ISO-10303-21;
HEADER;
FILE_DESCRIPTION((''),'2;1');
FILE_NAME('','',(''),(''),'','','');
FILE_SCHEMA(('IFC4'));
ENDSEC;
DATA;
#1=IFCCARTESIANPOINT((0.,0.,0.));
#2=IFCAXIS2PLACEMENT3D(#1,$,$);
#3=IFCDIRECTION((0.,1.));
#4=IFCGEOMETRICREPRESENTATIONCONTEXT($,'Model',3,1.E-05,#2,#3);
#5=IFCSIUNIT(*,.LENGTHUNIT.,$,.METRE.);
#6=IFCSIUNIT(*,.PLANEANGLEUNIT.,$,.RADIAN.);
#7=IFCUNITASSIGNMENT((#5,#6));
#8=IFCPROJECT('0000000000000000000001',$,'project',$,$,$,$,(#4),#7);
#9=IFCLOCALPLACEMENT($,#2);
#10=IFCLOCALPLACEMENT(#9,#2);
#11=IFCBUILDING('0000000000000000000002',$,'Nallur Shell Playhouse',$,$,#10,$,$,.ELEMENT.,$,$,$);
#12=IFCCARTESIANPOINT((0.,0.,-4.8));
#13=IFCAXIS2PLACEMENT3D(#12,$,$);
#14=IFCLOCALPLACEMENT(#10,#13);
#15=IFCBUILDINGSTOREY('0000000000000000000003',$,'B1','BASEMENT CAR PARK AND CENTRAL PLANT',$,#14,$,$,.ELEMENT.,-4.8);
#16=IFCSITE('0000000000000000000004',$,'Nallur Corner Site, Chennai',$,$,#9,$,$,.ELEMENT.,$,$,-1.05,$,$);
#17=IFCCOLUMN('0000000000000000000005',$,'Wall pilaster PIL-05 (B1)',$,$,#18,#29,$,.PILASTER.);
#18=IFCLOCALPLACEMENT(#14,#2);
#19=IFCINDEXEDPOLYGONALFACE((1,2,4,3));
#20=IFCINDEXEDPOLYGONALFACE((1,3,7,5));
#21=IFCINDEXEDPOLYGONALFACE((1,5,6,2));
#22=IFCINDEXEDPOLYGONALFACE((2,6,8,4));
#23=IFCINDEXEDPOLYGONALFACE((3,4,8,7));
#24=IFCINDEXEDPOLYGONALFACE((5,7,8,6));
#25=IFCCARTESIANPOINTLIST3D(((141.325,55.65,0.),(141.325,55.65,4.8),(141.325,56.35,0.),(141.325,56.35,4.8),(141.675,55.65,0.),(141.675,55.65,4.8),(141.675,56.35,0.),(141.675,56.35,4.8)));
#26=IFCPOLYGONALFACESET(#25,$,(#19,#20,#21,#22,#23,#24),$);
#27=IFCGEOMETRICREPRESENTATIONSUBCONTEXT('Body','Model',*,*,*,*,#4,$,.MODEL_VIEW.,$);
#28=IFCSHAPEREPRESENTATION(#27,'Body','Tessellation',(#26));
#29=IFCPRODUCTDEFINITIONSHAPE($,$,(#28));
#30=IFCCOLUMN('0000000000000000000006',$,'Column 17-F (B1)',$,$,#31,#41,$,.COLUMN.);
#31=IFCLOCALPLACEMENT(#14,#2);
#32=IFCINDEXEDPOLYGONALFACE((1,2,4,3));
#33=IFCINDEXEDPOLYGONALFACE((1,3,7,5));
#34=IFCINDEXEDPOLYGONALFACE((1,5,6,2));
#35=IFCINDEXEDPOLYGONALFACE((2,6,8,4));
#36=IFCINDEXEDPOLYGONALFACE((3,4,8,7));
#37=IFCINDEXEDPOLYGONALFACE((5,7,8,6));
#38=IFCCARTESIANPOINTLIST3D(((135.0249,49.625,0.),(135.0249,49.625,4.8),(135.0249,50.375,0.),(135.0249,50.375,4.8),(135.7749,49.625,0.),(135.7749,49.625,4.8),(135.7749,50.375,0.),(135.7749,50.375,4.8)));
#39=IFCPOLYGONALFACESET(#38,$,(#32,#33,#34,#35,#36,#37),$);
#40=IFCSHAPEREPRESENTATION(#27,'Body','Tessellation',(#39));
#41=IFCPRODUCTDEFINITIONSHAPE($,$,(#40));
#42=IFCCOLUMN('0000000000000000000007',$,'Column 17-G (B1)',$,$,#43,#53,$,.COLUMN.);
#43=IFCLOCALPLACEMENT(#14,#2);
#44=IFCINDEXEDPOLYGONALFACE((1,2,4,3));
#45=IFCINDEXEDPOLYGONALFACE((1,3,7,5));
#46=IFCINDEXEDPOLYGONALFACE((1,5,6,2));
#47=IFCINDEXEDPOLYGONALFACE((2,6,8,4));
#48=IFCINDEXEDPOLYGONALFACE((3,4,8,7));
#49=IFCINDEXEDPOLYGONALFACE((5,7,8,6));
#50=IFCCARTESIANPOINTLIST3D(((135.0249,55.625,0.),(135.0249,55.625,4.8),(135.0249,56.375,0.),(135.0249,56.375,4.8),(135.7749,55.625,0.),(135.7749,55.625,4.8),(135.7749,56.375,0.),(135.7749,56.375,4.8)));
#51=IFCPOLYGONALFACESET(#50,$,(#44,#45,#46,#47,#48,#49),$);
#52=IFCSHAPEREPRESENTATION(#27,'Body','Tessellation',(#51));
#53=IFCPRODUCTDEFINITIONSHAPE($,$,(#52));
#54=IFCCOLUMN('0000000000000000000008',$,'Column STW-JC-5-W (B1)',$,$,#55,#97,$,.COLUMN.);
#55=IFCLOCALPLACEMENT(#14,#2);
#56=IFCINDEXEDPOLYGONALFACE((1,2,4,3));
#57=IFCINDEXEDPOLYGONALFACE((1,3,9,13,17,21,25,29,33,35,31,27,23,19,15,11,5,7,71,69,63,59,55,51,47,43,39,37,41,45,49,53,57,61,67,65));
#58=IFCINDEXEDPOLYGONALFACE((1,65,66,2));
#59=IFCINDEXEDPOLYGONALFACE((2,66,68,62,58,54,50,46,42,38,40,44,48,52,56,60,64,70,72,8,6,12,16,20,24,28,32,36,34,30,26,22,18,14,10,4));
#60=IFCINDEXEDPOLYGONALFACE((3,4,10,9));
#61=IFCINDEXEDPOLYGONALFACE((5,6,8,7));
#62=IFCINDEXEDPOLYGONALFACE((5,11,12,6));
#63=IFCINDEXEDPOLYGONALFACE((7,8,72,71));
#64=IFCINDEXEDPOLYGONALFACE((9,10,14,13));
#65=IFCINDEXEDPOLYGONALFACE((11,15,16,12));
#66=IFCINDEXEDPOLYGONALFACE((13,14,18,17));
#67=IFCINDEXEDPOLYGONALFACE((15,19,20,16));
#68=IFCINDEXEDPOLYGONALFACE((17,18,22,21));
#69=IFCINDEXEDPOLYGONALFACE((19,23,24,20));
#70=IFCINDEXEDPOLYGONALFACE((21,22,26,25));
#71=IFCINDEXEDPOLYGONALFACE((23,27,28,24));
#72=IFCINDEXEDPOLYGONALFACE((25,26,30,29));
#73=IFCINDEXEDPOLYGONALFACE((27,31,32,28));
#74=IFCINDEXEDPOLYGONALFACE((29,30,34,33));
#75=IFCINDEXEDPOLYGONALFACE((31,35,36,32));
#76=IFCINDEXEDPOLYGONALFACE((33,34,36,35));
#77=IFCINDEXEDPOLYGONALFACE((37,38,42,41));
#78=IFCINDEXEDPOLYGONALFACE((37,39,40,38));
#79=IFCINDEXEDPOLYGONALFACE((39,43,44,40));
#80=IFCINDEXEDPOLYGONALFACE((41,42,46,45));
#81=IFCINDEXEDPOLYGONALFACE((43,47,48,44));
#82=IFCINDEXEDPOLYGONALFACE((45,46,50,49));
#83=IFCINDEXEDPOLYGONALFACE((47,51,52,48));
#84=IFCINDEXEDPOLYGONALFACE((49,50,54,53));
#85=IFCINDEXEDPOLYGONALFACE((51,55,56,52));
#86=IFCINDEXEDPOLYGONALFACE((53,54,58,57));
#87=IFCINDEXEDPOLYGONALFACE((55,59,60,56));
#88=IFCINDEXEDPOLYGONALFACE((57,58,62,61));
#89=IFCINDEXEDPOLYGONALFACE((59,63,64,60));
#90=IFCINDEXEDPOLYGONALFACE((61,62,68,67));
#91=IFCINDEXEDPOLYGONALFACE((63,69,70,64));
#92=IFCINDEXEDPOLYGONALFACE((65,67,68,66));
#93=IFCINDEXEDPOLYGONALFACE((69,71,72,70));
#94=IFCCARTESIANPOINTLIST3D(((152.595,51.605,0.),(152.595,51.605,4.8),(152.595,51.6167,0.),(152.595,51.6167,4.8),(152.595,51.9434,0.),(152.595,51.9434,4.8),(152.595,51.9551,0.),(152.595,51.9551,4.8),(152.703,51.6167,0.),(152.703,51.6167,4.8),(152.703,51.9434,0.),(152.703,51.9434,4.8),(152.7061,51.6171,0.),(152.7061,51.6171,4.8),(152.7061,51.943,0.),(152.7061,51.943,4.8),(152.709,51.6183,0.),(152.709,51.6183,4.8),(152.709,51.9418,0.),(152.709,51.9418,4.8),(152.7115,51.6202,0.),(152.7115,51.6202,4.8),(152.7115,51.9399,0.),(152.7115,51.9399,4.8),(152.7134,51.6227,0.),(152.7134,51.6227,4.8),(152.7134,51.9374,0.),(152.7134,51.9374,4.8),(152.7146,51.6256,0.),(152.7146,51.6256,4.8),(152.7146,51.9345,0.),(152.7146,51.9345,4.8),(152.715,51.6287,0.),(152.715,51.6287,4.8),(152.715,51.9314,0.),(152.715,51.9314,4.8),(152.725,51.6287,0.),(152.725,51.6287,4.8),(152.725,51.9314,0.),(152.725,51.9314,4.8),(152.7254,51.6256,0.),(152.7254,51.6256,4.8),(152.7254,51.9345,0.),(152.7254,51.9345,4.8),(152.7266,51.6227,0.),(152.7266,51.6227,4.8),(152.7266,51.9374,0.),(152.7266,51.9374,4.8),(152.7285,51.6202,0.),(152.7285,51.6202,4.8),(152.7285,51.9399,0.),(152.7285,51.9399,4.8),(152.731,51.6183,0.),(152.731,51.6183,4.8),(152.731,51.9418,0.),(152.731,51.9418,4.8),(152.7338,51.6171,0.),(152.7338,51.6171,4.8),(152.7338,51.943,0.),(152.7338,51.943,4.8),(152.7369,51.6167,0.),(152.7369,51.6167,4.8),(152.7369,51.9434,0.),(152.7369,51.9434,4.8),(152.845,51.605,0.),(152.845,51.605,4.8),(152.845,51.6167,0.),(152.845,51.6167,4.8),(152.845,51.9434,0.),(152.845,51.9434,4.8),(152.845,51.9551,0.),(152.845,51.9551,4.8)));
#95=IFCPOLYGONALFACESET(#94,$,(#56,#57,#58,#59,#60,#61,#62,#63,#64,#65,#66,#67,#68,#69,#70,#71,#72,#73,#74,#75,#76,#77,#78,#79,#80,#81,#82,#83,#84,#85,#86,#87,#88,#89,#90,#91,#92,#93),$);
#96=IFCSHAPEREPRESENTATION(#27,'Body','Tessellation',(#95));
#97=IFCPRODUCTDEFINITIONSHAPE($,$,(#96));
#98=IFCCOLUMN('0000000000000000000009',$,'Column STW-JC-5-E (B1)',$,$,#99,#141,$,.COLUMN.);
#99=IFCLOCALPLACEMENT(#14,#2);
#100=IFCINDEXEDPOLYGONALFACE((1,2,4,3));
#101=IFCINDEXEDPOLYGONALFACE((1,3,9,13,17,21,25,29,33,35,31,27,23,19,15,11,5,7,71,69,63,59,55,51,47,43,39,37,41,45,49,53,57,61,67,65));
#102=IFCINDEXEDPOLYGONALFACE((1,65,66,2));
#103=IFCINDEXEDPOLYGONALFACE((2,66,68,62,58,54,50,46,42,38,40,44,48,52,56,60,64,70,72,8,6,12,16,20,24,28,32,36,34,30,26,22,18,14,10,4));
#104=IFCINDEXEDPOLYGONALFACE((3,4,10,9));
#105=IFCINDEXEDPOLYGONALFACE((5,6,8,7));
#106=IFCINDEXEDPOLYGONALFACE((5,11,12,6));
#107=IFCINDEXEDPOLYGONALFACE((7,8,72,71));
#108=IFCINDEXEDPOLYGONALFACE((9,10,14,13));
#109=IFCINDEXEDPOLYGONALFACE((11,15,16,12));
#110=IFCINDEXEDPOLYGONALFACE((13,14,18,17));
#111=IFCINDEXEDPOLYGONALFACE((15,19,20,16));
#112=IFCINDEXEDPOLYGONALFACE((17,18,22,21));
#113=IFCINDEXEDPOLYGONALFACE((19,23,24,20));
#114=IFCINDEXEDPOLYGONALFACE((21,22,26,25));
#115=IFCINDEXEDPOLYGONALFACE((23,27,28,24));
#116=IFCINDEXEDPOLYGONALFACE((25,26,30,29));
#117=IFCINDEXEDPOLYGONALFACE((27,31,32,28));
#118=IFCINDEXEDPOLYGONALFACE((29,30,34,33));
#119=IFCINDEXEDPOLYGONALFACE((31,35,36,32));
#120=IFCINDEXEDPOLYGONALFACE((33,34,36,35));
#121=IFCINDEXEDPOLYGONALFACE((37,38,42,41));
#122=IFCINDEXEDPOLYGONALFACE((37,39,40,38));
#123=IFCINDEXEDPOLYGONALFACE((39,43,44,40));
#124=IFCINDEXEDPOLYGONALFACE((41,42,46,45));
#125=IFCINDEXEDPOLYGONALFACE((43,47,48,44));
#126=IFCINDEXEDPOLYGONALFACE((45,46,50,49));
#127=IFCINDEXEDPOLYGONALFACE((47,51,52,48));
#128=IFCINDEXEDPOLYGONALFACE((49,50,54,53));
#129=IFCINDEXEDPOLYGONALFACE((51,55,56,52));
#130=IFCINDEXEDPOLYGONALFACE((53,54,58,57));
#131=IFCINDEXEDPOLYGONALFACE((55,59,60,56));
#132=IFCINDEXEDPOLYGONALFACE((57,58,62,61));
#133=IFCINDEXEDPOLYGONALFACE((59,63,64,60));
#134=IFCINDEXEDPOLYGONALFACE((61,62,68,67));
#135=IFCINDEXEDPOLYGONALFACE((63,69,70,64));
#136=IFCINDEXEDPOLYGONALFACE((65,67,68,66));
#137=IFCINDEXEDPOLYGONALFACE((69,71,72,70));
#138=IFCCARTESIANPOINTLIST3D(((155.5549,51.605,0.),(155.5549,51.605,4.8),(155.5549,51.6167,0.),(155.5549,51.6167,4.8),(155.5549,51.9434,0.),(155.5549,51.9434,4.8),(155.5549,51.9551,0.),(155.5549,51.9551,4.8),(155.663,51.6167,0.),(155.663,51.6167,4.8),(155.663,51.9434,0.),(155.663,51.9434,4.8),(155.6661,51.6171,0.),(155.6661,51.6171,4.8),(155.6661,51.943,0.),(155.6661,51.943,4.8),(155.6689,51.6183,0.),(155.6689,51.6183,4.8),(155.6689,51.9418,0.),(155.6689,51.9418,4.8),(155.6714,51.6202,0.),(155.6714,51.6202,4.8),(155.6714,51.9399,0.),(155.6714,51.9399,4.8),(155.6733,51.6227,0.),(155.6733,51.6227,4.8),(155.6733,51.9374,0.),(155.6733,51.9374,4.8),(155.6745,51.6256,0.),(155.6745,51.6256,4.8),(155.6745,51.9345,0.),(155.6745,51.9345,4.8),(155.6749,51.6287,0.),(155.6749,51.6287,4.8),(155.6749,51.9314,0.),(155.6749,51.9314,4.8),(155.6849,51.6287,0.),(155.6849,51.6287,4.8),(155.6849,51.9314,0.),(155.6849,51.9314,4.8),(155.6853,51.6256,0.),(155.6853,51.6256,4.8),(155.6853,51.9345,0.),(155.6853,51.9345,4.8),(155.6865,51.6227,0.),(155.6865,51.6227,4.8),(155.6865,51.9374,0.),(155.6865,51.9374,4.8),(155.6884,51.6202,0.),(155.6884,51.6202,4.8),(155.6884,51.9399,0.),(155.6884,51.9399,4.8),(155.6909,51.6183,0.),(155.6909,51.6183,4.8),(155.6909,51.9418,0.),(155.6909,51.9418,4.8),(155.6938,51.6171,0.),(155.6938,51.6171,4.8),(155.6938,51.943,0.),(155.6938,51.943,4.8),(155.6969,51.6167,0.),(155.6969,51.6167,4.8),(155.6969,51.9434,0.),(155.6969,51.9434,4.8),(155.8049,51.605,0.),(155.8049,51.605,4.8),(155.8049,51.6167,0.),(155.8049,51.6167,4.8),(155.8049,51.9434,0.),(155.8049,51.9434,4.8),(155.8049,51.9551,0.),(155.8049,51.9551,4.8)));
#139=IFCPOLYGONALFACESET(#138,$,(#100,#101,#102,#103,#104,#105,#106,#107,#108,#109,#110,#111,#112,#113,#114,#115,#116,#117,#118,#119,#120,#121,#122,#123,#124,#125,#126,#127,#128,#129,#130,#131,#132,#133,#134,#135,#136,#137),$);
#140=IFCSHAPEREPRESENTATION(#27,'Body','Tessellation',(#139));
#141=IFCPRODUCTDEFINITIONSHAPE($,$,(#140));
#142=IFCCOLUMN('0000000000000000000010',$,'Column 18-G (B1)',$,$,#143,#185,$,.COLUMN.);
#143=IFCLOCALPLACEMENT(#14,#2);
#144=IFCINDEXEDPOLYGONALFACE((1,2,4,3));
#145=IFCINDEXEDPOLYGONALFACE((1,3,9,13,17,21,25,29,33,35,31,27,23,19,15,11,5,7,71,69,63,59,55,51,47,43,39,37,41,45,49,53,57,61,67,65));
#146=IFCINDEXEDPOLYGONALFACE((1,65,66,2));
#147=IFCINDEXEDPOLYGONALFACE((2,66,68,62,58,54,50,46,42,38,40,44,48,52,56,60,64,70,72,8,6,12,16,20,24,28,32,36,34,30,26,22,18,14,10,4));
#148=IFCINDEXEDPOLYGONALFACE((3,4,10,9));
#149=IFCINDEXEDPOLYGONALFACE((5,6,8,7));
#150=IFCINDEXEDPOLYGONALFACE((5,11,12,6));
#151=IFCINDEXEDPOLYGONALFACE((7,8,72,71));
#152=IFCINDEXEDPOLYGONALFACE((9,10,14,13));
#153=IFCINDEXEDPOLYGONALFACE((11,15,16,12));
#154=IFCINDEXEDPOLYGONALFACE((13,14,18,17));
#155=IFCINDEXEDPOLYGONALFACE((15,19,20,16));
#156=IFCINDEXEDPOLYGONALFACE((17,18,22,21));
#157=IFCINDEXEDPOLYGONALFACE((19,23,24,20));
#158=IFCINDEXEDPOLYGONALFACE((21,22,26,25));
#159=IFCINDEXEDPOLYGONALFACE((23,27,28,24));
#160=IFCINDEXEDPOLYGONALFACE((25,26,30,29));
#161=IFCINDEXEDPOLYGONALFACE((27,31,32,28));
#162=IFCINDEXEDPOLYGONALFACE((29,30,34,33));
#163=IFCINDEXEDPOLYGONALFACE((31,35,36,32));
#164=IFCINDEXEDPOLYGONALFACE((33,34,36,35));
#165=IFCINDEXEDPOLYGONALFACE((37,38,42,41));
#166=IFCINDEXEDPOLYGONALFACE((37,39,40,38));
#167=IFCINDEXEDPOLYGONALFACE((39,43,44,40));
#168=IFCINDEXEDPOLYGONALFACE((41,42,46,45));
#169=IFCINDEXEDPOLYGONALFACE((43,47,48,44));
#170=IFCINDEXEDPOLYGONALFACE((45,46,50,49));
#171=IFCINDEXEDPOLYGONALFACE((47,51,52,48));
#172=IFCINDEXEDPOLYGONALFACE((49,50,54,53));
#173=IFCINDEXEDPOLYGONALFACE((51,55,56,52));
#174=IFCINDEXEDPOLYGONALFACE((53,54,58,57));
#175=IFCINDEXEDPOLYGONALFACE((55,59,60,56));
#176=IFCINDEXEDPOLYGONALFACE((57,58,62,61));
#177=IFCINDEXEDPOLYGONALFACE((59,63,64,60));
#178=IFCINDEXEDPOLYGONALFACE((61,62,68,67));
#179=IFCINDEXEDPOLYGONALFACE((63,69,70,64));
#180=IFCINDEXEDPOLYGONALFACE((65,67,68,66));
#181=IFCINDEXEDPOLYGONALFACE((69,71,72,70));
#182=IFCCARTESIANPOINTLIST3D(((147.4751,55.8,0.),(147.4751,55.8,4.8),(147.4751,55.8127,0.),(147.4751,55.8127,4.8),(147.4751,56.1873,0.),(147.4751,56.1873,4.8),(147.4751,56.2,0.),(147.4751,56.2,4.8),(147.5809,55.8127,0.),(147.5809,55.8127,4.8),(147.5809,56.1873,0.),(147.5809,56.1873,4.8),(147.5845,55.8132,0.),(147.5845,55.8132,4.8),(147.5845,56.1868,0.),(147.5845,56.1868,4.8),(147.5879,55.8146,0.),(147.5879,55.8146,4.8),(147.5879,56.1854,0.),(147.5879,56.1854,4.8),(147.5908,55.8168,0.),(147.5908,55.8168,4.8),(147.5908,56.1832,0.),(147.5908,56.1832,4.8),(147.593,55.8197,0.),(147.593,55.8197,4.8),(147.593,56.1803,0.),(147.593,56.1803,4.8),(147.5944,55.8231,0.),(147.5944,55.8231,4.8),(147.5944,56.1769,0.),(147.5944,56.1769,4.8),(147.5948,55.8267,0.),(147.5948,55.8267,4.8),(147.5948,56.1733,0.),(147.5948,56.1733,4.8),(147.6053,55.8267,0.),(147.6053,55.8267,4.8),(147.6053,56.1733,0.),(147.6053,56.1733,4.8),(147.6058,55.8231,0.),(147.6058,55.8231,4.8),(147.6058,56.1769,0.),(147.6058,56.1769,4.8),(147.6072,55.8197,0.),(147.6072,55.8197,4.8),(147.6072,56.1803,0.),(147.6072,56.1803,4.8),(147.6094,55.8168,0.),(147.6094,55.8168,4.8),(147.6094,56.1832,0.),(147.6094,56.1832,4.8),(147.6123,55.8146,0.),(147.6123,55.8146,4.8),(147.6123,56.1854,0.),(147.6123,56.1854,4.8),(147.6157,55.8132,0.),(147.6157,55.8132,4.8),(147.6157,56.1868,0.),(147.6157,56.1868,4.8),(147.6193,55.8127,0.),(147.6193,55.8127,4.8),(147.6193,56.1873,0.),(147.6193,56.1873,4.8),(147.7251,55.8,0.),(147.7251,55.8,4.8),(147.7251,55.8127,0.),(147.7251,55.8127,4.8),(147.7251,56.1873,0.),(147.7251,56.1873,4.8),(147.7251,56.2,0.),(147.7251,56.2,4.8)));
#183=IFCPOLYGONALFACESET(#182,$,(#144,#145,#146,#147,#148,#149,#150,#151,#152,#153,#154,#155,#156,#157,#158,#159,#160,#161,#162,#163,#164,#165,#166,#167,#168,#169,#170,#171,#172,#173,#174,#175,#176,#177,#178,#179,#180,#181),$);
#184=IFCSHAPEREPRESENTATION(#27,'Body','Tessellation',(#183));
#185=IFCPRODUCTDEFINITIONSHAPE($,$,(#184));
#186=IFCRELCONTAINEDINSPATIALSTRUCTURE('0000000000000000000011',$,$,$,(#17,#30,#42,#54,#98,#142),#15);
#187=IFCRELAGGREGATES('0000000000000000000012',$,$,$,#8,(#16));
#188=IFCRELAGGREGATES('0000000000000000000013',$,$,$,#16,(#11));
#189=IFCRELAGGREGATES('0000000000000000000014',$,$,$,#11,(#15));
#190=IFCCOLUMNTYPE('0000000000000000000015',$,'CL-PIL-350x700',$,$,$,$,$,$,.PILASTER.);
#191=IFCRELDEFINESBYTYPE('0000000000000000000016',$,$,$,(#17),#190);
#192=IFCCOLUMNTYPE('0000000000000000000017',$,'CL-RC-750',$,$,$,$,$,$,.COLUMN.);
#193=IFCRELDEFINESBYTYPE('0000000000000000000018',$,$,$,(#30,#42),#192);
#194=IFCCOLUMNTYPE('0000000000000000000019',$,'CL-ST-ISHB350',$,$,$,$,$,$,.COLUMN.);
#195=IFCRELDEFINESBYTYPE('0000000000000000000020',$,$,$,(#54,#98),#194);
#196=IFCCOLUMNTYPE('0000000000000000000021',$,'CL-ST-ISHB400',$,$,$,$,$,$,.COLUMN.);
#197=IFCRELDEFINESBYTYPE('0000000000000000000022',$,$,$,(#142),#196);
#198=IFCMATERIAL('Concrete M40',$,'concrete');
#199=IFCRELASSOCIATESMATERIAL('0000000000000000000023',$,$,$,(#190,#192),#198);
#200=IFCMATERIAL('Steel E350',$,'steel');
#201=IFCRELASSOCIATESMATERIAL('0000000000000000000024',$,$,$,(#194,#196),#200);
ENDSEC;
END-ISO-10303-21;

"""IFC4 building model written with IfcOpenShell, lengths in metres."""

from ifc_helpers import new_model, si_unit, direction, frame, origin, origin_2d, place, context, subcontext, project, spatial, rectangle, i_section, extrude, material, material_profile, profile_set, type_object, element, save


model = new_model("IFC4")

# Units and contexts
model_context = context("Model", 3, precision=1e-05, world=origin(), true_north=direction((0.0, 1.0)))
body_context = subcontext(model_context, "Body", "Model", "MODEL_VIEW")
ifc_project = project(units=[si_unit("LENGTHUNIT", "METRE"), si_unit("PLANEANGLEUNIT", "RADIAN")], contexts=[model_context])

# Site, building, storey
site_placement = place(None, origin())
site = spatial("IfcSite", under=ifc_project, at=site_placement, Name="Nallur Corner Site, Chennai", CompositionType="ELEMENT", RefElevation=-1.05)
building_placement = place(site_placement, origin())
building = spatial("IfcBuilding", under=site, at=building_placement, Name="Nallur Shell Playhouse", CompositionType="ELEMENT")
storey_placement = place(building_placement, frame((0.0, 0.0, -4.8)))
storey = spatial("IfcBuildingStorey", under=building, at=storey_placement, Name="B1", Description="BASEMENT CAR PARK AND CENTRAL PLANT", CompositionType="ELEMENT", Elevation=-4.8)

# Columns
ifc_material_1 = material(Name="Concrete M40", Category="concrete")
ifc_material_profile_1 = material_profile(ifc_material_1, rectangle(XDim=0.3501, YDim=0.7, at=origin_2d()), Name="RC 350x700")
ifc_profile_set_1 = profile_set([ifc_material_profile_1], Name="Concrete M40")
column_type_1 = type_object("IfcColumnType", Name="CL-PIL-350x700", PredefinedType="PILASTER", material=ifc_profile_set_1)
column_placement = place(storey_placement, frame((141.5, 56.0, 0.0), z_axis=(0.0, 0.0, 1.0), x_axis=(1.0, 0.0, 0.0)))
element("IfcColumn", 1, at=column_placement, inside=storey, type_object=column_type_1, Name="Wall pilaster PIL-05 (B1)", PredefinedType="PILASTER", context=body_context, shape_type="SweptSolid", body=[
    extrude(rectangle(XDim=0.3501, YDim=0.7, at=origin_2d()), origin(), (0.0, 0.0, 1.0), 4.8),
])
ifc_material_profile_2 = material_profile(ifc_material_1, rectangle(XDim=0.75, YDim=0.75, at=origin_2d()), Name="RC 750x750")
ifc_profile_set_2 = profile_set([ifc_material_profile_2], Name="Concrete M40")
column_type_2 = type_object("IfcColumnType", Name="CL-RC-750", PredefinedType="COLUMN", material=ifc_profile_set_2)
for number, where, z_axis, x_axis, name in (
    (2, (135.3999, 50.0, 0.0), (0.0, 0.0, 1.0), (1.0, 0.0, 0.0), "Column 17-F (B1)"),
    (3, (135.3999, 56.0, 0.0), (0.0, 0.0, 1.0), (1.0, 0.0, 0.0), "Column 17-G (B1)"),
):
    element("IfcColumn", number, at=place(storey_placement, frame(where, z_axis=z_axis, x_axis=x_axis)), inside=storey, type_object=column_type_2, Name=name, PredefinedType="COLUMN", context=body_context, shape_type="SweptSolid", body=[
        extrude(rectangle(XDim=0.75, YDim=0.75, at=origin_2d()), origin(), (0.0, 0.0, 1.0), 4.8),
    ])
ifc_material_2 = material(Name="Steel E350", Category="steel")
ifc_material_profile_3 = material_profile(ifc_material_2, i_section(OverallWidth=0.25, OverallDepth=0.3501, WebThickness=0.01, FlangeThickness=0.0117, FilletRadius=0.012, at=origin_2d()), Name="ISHB 350")
ifc_profile_set_3 = profile_set([ifc_material_profile_3], Name="Steel E350")
column_type_3 = type_object("IfcColumnType", Name="CL-ST-ISHB350", PredefinedType="COLUMN", material=ifc_profile_set_3)
for number, where, z_axis, x_axis, name in (
    (4, (152.72, 51.78, 0.0), (0.0, 0.0, 1.0), (1.0, 0.0, 0.0), "Column STW-JC-5-W (B1)"),
    (5, (155.6799, 51.78, 0.0), (0.0, 0.0, 1.0), (1.0, 0.0, 0.0), "Column STW-JC-5-E (B1)"),
):
    element("IfcColumn", number, at=place(storey_placement, frame(where, z_axis=z_axis, x_axis=x_axis)), inside=storey, type_object=column_type_3, Name=name, PredefinedType="COLUMN", context=body_context, shape_type="SweptSolid", body=[
        extrude(i_section(OverallWidth=0.25, OverallDepth=0.3501, WebThickness=0.01, FlangeThickness=0.0117, FilletRadius=0.012, at=origin_2d()), origin(), (0.0, 0.0, 1.0), 4.8),
    ])
ifc_material_profile_4 = material_profile(ifc_material_2, i_section(OverallWidth=0.25, OverallDepth=0.3999, WebThickness=0.0105, FlangeThickness=0.0127, FilletRadius=0.0139, at=origin_2d()), Name="ISHB 400")
ifc_profile_set_4 = profile_set([ifc_material_profile_4], Name="Steel E350")
column_type_4 = type_object("IfcColumnType", Name="CL-ST-ISHB400", PredefinedType="COLUMN", material=ifc_profile_set_4)
for number, where, z_axis, x_axis, name in (
    (6, (147.6001, 56.0, 0.0), (0.0, 0.0, 1.0), (1.0, 0.0, 0.0), "Column 18-G (B1)"),
):
    element("IfcColumn", number, at=place(storey_placement, frame(where, z_axis=z_axis, x_axis=x_axis)), inside=storey, type_object=column_type_4, Name=name, PredefinedType="COLUMN", context=body_context, shape_type="SweptSolid", body=[
        extrude(i_section(OverallWidth=0.25, OverallDepth=0.3999, WebThickness=0.0105, FlangeThickness=0.0127, FilletRadius=0.0139, at=origin_2d()), origin(), (0.0, 0.0, 1.0), 4.8),
    ])

save(model, "model.ifc")
